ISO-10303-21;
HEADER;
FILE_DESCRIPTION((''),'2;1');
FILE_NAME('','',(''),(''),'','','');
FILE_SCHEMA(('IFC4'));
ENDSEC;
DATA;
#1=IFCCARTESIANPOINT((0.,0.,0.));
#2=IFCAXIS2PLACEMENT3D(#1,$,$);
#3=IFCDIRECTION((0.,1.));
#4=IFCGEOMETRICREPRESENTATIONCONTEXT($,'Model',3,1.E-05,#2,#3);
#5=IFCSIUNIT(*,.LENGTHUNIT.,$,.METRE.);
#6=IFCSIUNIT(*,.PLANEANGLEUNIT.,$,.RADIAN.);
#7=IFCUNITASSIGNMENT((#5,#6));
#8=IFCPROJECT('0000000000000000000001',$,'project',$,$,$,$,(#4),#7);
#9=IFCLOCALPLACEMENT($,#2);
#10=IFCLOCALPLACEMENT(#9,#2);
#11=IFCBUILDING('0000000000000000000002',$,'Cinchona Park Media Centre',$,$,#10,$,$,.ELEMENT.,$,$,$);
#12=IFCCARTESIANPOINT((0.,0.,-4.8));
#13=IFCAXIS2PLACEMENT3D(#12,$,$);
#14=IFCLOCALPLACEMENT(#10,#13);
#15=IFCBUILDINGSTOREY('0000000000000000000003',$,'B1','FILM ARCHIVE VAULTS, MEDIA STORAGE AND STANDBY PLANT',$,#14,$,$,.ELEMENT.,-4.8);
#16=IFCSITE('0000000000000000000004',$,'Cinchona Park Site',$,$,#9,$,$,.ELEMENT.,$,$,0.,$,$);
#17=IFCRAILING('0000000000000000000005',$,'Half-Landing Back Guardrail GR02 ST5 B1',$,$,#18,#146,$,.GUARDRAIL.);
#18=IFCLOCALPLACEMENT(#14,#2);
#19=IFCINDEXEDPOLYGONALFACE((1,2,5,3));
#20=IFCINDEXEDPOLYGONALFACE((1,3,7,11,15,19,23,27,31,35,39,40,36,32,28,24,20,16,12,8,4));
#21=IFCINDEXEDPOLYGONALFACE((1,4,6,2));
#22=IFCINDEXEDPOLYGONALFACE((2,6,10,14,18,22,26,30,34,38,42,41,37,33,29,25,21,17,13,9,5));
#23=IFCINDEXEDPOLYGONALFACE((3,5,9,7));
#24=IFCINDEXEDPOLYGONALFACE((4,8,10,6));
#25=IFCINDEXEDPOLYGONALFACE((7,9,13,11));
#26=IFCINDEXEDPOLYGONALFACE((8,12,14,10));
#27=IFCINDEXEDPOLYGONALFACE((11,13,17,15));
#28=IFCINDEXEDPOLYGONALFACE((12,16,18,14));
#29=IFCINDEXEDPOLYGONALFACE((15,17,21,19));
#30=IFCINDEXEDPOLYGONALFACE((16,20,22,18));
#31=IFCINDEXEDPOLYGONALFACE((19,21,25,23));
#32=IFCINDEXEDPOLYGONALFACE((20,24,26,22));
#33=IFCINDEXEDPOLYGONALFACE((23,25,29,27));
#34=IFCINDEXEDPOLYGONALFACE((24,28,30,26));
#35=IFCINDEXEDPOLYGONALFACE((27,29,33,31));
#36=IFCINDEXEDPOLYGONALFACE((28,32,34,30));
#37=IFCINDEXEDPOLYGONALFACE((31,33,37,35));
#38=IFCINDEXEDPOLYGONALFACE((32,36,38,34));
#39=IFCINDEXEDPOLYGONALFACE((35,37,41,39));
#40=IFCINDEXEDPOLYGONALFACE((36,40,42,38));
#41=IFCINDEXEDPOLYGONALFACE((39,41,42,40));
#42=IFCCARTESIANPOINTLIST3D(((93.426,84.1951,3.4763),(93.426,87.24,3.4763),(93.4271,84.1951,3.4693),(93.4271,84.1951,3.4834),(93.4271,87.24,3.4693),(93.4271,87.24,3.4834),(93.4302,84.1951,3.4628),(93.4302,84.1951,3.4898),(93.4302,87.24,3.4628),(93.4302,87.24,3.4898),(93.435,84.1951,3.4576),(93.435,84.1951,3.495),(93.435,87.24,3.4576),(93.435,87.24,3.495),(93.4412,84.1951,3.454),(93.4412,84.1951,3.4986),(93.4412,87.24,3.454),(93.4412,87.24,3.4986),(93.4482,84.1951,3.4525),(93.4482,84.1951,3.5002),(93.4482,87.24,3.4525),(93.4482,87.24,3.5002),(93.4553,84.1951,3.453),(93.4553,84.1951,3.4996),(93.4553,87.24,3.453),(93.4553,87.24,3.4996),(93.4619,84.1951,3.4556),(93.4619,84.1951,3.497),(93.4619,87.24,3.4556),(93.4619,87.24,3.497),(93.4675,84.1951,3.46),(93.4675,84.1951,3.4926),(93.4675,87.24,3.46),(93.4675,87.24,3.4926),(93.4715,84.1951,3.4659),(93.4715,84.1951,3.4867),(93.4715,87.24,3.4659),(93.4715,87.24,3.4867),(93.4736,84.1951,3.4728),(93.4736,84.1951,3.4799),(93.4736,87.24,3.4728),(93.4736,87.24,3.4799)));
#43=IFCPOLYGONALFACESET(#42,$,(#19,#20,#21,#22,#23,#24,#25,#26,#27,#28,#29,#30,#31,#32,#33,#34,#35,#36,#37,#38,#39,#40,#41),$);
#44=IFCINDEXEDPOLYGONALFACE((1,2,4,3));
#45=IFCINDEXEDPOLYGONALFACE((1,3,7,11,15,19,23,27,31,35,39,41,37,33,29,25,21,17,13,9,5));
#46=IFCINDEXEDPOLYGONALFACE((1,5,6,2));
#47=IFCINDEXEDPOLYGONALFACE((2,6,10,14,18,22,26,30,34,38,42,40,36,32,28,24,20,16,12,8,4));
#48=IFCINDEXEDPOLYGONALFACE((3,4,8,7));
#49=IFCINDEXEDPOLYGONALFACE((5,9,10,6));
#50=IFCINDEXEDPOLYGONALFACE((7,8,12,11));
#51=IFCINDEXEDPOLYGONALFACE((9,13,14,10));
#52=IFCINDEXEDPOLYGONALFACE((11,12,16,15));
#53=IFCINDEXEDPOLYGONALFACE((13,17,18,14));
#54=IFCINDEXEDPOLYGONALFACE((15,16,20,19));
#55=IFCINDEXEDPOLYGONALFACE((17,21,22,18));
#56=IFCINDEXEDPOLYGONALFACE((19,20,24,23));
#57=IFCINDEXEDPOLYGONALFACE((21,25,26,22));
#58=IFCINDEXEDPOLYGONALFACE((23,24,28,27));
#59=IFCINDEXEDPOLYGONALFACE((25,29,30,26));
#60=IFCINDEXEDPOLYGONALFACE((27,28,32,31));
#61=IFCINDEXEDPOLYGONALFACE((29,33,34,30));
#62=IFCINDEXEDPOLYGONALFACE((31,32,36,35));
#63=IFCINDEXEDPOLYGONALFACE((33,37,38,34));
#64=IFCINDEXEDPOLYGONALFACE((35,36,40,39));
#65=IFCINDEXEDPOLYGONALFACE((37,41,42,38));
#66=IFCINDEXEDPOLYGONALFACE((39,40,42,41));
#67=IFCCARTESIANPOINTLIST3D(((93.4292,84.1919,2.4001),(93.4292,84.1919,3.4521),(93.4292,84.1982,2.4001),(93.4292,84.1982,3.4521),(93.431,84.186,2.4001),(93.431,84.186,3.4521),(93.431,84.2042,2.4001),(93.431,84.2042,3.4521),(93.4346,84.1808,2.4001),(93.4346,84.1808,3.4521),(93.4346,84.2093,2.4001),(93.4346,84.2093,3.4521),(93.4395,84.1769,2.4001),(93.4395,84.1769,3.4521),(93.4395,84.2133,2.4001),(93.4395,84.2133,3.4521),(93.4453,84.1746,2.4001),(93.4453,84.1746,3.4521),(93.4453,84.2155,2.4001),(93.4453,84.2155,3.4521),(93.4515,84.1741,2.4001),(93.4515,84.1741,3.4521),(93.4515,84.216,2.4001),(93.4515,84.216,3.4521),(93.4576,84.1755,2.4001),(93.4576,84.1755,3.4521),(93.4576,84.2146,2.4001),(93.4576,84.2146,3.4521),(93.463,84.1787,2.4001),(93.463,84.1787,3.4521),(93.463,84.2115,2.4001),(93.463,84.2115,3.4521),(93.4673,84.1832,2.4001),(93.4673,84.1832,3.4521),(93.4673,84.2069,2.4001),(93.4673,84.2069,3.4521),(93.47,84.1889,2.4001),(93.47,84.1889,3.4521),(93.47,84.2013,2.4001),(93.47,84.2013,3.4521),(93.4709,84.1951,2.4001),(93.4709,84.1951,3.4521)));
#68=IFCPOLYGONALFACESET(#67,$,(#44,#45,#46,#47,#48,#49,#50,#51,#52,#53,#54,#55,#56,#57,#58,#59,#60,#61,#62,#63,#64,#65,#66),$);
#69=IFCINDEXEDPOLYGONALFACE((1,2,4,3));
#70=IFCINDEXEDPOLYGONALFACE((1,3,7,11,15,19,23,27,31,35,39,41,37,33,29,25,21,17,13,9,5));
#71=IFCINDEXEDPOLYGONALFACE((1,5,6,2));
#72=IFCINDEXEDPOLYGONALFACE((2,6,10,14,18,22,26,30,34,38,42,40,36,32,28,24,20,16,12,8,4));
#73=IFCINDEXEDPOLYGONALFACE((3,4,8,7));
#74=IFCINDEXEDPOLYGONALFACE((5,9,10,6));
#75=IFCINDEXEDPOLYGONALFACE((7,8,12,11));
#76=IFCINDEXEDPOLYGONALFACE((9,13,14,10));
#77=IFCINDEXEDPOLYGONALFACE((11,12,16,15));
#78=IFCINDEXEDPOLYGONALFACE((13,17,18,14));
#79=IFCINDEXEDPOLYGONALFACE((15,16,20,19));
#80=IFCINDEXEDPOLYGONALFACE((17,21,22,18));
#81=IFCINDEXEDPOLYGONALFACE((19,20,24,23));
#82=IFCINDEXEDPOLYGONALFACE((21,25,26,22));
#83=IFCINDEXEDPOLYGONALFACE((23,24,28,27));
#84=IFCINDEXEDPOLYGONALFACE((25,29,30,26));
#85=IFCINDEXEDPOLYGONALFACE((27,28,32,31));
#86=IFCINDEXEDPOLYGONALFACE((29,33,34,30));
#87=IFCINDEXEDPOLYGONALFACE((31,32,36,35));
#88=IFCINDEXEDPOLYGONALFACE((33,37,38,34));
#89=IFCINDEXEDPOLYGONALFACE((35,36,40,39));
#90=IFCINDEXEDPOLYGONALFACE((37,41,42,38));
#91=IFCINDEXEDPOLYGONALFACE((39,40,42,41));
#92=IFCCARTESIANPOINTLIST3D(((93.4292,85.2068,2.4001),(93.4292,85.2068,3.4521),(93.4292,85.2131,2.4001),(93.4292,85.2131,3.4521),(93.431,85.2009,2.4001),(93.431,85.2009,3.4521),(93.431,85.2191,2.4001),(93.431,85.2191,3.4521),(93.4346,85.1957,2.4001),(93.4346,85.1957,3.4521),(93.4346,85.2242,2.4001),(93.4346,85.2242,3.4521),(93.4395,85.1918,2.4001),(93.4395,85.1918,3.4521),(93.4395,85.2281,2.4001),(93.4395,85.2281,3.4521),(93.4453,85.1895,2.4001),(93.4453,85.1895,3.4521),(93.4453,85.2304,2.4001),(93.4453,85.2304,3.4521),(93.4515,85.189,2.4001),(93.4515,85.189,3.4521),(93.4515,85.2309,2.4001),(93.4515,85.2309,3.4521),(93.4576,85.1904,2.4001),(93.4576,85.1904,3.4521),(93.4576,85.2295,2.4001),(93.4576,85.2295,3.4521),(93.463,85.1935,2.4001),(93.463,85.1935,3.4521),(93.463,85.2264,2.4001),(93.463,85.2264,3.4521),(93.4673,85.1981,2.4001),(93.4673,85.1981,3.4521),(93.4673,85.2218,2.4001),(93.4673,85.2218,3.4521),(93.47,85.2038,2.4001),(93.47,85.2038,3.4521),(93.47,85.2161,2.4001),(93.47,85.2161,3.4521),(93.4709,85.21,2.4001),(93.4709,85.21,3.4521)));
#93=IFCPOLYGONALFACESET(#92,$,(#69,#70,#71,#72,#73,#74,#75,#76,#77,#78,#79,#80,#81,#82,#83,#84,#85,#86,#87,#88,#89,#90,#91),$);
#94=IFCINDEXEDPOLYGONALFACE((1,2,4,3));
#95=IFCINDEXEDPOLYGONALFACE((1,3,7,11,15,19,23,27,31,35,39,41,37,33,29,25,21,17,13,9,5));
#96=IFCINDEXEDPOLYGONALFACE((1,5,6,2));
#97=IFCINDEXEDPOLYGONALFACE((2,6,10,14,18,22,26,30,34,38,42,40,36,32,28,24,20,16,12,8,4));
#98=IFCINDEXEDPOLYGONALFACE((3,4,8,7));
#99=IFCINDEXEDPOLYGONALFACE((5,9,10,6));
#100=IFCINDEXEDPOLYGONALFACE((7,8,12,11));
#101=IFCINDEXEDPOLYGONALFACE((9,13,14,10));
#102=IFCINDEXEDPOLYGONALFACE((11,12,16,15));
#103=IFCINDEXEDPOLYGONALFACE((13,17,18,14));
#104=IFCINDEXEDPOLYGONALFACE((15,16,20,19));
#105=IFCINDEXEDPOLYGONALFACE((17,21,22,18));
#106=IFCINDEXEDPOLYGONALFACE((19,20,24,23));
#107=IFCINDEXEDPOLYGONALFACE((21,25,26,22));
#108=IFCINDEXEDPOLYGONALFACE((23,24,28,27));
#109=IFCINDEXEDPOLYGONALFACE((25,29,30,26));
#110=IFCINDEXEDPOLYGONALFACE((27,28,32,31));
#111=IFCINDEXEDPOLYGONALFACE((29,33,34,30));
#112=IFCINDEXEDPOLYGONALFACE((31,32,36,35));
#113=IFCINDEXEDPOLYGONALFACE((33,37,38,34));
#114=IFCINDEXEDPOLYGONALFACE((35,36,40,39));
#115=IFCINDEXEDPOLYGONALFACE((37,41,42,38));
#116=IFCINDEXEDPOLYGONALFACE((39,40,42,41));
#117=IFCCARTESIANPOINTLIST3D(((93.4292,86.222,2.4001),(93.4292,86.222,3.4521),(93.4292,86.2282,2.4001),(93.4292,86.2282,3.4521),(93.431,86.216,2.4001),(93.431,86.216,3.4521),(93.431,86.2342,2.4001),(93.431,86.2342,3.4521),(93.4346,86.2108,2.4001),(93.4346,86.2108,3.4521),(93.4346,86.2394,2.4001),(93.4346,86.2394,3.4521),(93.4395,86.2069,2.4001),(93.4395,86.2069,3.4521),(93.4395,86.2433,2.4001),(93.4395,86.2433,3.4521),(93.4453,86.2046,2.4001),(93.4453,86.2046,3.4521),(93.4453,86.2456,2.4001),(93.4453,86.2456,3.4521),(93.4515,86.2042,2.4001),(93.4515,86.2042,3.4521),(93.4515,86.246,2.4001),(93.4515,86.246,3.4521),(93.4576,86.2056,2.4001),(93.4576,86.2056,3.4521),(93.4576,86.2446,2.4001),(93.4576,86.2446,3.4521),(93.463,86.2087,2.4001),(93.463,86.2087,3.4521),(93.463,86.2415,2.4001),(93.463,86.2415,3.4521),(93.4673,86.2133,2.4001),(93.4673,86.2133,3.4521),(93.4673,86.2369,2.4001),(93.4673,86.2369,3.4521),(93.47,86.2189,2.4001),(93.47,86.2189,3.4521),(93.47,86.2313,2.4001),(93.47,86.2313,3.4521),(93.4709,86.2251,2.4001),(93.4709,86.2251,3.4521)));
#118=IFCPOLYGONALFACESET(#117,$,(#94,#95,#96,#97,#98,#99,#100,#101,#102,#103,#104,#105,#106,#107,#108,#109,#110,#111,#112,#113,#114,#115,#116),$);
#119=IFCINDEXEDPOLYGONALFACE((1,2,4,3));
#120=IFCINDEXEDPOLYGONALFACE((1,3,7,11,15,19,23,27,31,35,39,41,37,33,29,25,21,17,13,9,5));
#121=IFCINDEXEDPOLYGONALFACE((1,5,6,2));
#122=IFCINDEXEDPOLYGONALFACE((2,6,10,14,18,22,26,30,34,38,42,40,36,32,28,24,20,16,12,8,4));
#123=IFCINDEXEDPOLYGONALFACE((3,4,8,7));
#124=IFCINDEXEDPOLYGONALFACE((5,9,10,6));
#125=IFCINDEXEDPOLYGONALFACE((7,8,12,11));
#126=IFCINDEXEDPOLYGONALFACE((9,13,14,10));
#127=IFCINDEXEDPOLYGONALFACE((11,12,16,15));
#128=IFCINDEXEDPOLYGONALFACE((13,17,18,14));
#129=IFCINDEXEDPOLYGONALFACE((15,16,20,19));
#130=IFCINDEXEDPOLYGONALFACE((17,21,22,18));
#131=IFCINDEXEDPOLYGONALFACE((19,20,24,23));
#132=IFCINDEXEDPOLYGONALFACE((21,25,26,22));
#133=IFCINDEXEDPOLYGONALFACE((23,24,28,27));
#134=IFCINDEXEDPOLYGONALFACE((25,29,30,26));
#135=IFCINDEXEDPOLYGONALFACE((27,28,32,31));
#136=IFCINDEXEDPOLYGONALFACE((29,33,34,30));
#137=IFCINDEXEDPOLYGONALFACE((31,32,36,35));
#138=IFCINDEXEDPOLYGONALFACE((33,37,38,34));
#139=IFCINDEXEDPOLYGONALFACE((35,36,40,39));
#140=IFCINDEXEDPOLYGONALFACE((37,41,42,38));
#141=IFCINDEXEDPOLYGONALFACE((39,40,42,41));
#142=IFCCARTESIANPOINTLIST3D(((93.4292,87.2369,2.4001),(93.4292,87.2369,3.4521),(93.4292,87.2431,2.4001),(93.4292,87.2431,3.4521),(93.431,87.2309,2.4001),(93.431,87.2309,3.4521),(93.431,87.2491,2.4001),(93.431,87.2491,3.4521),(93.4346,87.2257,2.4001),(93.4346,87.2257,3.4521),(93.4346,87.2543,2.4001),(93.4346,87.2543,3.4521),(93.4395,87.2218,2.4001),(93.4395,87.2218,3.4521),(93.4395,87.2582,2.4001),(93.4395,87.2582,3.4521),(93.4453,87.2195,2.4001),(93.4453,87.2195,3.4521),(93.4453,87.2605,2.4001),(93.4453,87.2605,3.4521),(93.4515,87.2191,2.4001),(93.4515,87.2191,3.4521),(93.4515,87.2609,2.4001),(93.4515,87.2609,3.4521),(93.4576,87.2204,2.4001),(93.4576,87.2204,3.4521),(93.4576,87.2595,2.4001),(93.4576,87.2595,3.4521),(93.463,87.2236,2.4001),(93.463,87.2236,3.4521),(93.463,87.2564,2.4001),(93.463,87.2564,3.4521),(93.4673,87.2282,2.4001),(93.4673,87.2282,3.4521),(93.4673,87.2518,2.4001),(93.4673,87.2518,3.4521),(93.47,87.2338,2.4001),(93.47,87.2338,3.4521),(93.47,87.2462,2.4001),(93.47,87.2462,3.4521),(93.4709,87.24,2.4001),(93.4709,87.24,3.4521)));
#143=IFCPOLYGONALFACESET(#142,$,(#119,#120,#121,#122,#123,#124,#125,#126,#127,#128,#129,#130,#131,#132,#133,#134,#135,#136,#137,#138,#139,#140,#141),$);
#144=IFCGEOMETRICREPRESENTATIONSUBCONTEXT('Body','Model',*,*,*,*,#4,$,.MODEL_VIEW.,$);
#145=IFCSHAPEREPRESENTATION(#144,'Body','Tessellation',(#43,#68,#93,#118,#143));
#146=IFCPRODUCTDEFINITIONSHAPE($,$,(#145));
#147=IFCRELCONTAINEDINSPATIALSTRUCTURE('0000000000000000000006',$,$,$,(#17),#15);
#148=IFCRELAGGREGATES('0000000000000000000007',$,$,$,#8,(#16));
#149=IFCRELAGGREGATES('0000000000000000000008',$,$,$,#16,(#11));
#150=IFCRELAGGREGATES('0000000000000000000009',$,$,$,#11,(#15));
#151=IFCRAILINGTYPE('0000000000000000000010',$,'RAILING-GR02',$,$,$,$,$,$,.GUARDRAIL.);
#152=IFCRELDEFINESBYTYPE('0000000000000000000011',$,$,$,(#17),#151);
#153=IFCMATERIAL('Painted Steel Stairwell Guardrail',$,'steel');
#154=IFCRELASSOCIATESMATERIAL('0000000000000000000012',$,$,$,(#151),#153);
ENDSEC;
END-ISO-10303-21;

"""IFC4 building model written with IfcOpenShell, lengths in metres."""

from ifc_helpers import new_model, si_unit, direction, frame, origin, origin_2d, place, context, subcontext, project, spatial, circle, extrude, material, type_object, element, save


model = new_model("IFC4")

# Units and contexts
model_context = context("Model", 3, precision=1e-05, world=origin(), true_north=direction((0.0, 1.0)))
body_context = subcontext(model_context, "Body", "Model", "MODEL_VIEW")
ifc_project = project(units=[si_unit("LENGTHUNIT", "METRE"), si_unit("PLANEANGLEUNIT", "RADIAN")], contexts=[model_context])

# Site, building, storey
site_placement = place(None, origin())
site = spatial("IfcSite", under=ifc_project, at=site_placement, Name="Cinchona Park Site", CompositionType="ELEMENT", RefElevation=0.0)
building_placement = place(site_placement, origin())
building = spatial("IfcBuilding", under=site, at=building_placement, Name="Cinchona Park Media Centre", CompositionType="ELEMENT")
storey_placement = place(building_placement, frame((0.0, 0.0, -4.8)))
storey = spatial("IfcBuildingStorey", under=building, at=storey_placement, Name="B1", Description="FILM ARCHIVE VAULTS, MEDIA STORAGE AND STANDBY PLANT", CompositionType="ELEMENT", Elevation=-4.8)

# Railing
ifc_material_1 = material(Name="Painted Steel Stairwell Guardrail", Category="steel")
railing_type_1 = type_object("IfcRailingType", Name="RAILING-GR02", PredefinedType="GUARDRAIL", material=ifc_material_1)
railing_1_placement = place(storey_placement, frame((93.45, 84.1951, 2.4001)))
element("IfcRailing", 1, at=railing_1_placement, inside=storey, type_object=railing_type_1, Name="Half-Landing Back Guardrail GR02 ST5 B1", PredefinedType="GUARDRAIL", context=body_context, shape_type="SweptSolid", body=[
    extrude(circle(Radius=0.0239, at=origin_2d()), frame((0.0, 0.0, 1.0762), z_axis=(0.0, 1.0, 0.0), x_axis=(-1.0, 0.0, 0.0)), (0.0, 0.0, 1.0), 3.0449),
    extrude(circle(Radius=0.021, at=origin_2d()), origin(), (0.0, 0.0, 1.0), 1.052),
    extrude(circle(Radius=0.021, at=origin_2d()), frame((0.0, 1.0149, 0.0)), (0.0, 0.0, 1.0), 1.052),
    extrude(circle(Radius=0.021, at=origin_2d()), frame((0.0, 2.03, 0.0)), (0.0, 0.0, 1.0), 1.052),
    extrude(circle(Radius=0.021, at=origin_2d()), frame((0.0, 3.0449, 0.0)), (0.0, 0.0, 1.0), 1.052),
])

save(model, "model.ifc")
